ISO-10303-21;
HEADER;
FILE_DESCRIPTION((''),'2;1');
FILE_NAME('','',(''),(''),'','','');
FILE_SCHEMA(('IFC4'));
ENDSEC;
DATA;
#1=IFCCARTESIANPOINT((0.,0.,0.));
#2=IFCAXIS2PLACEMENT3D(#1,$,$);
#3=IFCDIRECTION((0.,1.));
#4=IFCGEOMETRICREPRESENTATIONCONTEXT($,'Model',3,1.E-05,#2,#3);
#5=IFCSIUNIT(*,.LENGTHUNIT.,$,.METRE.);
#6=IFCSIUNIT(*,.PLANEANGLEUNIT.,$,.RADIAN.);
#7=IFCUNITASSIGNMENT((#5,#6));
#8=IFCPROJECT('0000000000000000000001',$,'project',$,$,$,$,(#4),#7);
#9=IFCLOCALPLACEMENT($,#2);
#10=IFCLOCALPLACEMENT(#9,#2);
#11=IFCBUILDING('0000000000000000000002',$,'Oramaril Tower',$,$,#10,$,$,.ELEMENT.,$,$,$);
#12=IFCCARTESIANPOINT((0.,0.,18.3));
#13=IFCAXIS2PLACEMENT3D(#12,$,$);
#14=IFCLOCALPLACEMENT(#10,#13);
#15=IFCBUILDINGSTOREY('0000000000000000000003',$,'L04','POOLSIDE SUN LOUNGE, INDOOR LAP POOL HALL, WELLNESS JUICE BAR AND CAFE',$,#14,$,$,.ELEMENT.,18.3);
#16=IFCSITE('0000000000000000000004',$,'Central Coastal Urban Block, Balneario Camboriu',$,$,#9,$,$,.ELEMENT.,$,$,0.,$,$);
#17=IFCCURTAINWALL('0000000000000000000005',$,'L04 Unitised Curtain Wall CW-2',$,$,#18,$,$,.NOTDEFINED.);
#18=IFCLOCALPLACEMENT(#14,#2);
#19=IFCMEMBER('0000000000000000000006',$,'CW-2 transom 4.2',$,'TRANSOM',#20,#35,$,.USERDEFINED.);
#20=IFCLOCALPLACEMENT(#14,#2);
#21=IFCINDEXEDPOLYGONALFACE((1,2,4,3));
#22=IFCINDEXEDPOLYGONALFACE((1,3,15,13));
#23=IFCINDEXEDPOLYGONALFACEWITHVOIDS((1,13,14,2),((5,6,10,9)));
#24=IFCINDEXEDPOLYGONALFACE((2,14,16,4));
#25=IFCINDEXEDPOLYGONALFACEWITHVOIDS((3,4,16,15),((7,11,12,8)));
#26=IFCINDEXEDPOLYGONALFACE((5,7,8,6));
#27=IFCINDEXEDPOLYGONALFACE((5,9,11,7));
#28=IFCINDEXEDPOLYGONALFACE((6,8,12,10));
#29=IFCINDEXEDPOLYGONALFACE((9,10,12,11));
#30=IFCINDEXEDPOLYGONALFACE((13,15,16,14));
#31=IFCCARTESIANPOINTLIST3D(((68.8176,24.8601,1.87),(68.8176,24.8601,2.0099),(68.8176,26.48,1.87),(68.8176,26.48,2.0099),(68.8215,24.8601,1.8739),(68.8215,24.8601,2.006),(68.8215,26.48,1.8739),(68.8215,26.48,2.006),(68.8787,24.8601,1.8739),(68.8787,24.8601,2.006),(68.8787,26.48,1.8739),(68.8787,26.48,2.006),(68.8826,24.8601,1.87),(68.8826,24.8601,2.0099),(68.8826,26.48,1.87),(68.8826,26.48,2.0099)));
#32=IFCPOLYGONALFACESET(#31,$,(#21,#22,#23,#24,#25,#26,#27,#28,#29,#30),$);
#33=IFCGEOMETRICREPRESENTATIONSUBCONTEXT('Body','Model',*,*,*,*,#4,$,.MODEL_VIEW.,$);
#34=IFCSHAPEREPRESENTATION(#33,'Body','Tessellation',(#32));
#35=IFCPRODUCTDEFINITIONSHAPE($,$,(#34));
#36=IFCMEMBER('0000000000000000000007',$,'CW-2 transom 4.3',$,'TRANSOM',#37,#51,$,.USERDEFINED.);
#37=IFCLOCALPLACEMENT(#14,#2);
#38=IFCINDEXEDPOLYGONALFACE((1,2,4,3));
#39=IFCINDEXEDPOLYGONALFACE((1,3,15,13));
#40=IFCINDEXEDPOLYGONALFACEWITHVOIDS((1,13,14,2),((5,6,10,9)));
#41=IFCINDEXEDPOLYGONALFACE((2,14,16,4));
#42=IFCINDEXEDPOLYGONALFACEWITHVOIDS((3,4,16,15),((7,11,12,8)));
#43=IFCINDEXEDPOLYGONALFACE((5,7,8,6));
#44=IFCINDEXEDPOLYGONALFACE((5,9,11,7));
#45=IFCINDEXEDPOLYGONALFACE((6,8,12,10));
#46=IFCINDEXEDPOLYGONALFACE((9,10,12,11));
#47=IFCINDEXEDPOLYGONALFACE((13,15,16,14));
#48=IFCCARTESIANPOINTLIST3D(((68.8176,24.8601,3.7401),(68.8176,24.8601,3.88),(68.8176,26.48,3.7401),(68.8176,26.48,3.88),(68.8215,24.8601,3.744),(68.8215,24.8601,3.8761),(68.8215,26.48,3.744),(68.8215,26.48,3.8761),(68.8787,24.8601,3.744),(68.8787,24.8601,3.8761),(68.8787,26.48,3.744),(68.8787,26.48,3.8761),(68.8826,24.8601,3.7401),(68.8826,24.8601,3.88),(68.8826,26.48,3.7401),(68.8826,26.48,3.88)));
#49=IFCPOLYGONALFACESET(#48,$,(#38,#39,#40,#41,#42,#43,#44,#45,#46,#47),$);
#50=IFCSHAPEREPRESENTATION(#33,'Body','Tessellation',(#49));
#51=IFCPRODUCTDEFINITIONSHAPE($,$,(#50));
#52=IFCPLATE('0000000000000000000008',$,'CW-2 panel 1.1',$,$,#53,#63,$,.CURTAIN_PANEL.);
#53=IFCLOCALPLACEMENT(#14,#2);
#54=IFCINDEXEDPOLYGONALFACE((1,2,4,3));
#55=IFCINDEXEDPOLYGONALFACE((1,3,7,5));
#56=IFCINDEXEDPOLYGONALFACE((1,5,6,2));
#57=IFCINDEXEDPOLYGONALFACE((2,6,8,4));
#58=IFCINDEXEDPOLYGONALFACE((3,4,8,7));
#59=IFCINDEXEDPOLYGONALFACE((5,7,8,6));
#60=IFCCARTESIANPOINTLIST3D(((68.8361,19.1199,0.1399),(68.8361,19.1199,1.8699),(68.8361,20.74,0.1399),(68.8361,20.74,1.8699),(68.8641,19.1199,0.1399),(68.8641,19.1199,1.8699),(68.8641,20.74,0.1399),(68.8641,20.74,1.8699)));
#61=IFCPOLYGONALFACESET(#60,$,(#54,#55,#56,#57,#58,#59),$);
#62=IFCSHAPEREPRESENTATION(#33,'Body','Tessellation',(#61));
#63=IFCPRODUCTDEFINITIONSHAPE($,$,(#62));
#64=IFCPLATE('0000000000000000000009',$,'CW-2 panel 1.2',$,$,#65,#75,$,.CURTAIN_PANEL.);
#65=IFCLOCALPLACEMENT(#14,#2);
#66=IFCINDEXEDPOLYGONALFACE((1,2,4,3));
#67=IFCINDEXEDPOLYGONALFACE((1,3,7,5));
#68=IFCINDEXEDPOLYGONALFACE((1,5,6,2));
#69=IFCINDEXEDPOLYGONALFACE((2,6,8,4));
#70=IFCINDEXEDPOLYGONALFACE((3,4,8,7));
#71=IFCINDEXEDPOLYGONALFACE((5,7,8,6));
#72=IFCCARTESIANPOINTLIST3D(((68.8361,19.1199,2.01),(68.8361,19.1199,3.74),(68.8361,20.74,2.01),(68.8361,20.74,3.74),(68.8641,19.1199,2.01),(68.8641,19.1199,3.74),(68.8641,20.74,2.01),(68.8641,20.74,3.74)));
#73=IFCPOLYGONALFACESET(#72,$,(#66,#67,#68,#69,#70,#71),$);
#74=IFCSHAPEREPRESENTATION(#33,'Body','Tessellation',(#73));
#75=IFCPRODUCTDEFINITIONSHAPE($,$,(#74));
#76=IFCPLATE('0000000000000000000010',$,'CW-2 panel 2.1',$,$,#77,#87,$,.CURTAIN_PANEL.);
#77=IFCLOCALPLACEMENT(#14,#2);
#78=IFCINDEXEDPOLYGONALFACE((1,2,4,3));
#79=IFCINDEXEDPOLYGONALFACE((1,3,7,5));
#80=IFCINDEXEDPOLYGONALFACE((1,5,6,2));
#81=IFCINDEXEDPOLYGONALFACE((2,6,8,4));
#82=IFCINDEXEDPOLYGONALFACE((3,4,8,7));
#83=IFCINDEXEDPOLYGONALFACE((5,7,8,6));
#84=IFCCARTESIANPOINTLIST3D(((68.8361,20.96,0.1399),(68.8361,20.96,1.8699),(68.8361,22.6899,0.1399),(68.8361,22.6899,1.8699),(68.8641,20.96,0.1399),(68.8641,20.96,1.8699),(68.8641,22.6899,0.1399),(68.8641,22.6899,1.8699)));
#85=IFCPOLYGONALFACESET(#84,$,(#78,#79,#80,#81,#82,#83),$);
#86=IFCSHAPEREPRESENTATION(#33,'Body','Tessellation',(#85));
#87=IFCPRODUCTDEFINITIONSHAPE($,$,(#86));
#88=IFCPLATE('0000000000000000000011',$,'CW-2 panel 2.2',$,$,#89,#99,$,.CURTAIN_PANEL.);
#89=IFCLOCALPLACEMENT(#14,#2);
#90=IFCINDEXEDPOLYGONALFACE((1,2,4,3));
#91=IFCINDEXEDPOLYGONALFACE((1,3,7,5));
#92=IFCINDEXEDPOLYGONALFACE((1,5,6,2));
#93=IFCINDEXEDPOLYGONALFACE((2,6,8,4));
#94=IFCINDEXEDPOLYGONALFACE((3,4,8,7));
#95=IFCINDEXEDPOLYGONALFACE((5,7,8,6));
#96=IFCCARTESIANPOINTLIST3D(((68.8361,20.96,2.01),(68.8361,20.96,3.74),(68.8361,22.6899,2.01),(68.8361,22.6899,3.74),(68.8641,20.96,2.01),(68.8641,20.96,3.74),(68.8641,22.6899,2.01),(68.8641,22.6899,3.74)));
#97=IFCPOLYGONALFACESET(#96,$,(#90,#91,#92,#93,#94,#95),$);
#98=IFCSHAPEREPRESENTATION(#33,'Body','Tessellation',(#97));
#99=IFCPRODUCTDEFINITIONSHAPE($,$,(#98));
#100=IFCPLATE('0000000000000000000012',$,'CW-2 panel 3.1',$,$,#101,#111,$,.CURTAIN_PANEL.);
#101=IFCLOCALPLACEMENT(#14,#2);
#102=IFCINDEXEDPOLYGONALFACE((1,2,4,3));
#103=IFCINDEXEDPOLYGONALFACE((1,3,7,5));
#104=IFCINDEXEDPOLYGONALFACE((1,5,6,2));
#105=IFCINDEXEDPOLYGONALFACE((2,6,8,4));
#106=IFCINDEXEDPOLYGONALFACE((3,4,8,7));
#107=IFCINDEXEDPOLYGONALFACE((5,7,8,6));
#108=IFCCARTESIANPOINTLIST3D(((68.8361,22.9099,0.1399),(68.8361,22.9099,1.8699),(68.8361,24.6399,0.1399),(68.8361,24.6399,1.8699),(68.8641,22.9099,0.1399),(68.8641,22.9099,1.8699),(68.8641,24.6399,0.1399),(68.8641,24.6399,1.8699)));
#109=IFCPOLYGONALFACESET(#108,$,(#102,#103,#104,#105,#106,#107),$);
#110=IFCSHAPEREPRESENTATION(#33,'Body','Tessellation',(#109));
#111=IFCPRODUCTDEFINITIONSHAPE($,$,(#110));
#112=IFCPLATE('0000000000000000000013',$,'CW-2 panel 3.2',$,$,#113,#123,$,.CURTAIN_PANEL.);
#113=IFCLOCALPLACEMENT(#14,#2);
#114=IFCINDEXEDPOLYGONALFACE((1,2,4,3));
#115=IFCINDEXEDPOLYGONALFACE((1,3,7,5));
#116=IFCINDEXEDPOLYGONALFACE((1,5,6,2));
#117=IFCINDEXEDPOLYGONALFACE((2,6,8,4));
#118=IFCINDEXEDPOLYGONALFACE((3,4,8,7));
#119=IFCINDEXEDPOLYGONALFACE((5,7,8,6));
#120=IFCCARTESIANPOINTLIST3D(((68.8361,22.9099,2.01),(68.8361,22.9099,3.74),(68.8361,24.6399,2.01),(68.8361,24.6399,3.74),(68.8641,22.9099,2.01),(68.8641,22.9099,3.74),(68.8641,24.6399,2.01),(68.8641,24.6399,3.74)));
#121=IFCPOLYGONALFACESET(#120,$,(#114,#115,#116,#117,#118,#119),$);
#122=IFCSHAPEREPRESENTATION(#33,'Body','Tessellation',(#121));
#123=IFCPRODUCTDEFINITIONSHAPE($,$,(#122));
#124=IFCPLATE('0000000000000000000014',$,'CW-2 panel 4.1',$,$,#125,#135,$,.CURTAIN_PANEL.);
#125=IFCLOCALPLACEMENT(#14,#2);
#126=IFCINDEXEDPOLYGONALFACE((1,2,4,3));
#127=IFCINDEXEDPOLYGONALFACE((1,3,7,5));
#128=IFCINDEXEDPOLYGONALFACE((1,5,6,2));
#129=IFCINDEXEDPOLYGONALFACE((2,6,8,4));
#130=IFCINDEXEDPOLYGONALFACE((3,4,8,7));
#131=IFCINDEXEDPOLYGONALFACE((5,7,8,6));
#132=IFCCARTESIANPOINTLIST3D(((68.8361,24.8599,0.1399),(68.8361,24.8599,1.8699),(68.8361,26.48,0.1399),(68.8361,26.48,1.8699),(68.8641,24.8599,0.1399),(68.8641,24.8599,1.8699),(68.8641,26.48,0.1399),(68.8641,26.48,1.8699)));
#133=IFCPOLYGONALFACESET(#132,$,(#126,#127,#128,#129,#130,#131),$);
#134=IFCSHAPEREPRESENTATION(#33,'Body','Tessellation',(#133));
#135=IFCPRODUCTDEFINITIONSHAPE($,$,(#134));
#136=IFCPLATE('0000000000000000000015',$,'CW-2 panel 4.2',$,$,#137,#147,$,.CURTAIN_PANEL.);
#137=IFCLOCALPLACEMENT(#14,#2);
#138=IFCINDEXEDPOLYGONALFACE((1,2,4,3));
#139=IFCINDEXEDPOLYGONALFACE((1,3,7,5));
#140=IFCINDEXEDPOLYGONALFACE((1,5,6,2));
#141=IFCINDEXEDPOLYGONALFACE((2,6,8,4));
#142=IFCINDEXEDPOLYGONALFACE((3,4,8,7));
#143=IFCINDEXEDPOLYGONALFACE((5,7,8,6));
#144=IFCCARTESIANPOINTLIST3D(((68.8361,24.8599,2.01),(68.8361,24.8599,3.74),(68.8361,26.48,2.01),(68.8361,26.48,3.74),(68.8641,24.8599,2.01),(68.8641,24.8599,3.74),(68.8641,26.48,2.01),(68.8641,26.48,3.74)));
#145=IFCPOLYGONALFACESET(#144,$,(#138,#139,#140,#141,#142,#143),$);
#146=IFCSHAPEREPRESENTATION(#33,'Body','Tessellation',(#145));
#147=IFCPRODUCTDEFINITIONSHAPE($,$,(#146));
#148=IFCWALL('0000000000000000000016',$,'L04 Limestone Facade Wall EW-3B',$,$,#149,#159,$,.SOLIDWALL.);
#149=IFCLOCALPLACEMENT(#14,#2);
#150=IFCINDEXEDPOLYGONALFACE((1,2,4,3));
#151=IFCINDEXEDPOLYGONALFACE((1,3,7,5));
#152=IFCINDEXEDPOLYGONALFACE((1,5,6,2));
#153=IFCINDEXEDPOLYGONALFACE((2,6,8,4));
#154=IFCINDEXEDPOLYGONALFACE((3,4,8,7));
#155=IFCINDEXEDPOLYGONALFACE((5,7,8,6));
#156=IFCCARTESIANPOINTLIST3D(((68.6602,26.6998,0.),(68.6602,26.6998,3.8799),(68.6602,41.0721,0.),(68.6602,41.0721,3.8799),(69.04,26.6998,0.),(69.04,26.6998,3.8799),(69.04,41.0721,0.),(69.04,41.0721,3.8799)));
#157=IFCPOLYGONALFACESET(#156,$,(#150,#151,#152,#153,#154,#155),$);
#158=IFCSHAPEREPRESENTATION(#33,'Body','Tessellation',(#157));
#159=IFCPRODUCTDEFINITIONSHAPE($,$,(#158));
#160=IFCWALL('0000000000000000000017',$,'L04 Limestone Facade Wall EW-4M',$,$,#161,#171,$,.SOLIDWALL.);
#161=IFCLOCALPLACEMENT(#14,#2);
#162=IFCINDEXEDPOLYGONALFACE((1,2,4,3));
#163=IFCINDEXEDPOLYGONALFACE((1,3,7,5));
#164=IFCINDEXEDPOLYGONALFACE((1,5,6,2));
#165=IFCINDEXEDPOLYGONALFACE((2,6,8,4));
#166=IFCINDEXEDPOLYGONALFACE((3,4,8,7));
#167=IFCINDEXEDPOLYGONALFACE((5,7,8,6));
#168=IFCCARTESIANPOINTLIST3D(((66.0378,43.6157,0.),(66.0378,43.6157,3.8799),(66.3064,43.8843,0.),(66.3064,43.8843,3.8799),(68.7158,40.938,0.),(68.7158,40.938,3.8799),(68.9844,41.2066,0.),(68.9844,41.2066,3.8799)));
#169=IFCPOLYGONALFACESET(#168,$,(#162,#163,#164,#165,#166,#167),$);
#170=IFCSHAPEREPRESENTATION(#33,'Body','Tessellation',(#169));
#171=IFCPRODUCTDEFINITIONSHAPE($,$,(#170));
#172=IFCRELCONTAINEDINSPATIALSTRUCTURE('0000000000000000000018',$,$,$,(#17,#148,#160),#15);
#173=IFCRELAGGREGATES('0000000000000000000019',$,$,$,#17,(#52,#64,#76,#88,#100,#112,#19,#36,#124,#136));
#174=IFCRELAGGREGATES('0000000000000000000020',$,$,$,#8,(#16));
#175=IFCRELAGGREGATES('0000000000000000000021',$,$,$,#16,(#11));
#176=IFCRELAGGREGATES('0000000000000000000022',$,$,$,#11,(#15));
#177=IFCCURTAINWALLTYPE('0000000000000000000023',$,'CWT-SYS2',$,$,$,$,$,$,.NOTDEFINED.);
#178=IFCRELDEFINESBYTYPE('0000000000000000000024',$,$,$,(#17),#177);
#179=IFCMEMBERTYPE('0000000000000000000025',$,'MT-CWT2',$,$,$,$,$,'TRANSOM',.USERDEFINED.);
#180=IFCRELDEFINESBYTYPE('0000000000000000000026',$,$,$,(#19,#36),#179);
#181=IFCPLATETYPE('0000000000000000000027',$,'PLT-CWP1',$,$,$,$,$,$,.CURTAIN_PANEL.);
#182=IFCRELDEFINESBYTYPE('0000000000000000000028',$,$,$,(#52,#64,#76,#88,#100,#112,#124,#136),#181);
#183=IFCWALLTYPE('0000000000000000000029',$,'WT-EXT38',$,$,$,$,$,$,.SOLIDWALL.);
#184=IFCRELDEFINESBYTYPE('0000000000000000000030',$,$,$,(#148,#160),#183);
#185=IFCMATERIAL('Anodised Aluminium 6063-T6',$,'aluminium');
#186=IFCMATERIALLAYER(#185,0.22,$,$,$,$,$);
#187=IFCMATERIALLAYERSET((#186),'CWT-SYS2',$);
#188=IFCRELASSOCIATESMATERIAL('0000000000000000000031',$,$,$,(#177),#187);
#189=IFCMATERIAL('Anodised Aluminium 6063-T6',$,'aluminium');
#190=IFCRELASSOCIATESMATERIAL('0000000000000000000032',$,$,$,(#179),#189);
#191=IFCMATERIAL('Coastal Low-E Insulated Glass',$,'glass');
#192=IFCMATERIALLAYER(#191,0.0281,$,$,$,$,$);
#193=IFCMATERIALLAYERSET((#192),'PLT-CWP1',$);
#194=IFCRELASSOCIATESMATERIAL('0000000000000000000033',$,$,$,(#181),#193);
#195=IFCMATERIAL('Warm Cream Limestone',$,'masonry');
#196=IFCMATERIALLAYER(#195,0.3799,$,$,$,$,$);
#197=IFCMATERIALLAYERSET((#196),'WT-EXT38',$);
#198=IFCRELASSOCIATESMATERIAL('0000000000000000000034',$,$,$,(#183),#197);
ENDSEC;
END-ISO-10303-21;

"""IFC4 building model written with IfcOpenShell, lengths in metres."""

from ifc_helpers import new_model, si_unit, direction, frame, frame_2d, origin, origin_2d, place, context, subcontext, project, spatial, rectangle, hollow_rectangle, extrude, material, layer, layer_set, material_profile, profile_set, type_object, element, aggregate, save


model = new_model("IFC4")

# Units and contexts
model_context = context("Model", 3, precision=1e-05, world=origin(), true_north=direction((0.0, 1.0)))
body_context = subcontext(model_context, "Body", "Model", "MODEL_VIEW")
ifc_project = project(units=[si_unit("LENGTHUNIT", "METRE"), si_unit("PLANEANGLEUNIT", "RADIAN")], contexts=[model_context])

# Site, building, storey
site_placement = place(None, origin())
site = spatial("IfcSite", under=ifc_project, at=site_placement, Name="Central Coastal Urban Block, Balneario Camboriu", CompositionType="ELEMENT", RefElevation=0.0)
building_placement = place(site_placement, origin())
building = spatial("IfcBuilding", under=site, at=building_placement, Name="Oramaril Tower", CompositionType="ELEMENT")
storey_placement = place(building_placement, frame((0.0, 0.0, 18.3)))
storey = spatial("IfcBuildingStorey", under=building, at=storey_placement, Name="L04", Description="POOLSIDE SUN LOUNGE, INDOOR LAP POOL HALL, WELLNESS JUICE BAR AND CAFE", CompositionType="ELEMENT", Elevation=18.3)

# Curtain wall, members, plates
ifc_material_1 = material(Name="Anodised Aluminium 6063-T6", Category="aluminium")
ifc_layer_1 = layer(ifc_material_1, 0.22)
ifc_layer_set_1 = layer_set([ifc_layer_1], Name="CWT-SYS2")
curtain_wall_type = type_object("IfcCurtainWallType", Name="CWT-SYS2", PredefinedType="NOTDEFINED", material=ifc_layer_set_1)
curtain_wall_placement = place(storey_placement, origin())
curtain_wall = element("IfcCurtainWall", 1, at=curtain_wall_placement, inside=storey, type_object=curtain_wall_type, Name="L04 Unitised Curtain Wall CW-2", PredefinedType="NOTDEFINED")
ifc_material_2 = material(Name="Anodised Aluminium 6063-T6", Category="aluminium")
ifc_material_profile_1 = material_profile(ifc_material_2, hollow_rectangle(XDim=0.0649, YDim=0.1399, WallThickness=0.0039, at=origin_2d()), Name="CWT140X65")
ifc_profile_set_1 = profile_set([ifc_material_profile_1], Name="Anodised Aluminium 6063-T6")
member_type_1 = type_object("IfcMemberType", Name="MT-CWT2", ElementType="TRANSOM", PredefinedType="USERDEFINED", material=ifc_profile_set_1)
member_1_placement = place(storey_placement, frame((68.8501, 24.8601, 1.9399), z_axis=(0.0, 1.0, 0.0), x_axis=(-1.0, 0.0, 0.0)))
member_1 = element("IfcMember", 2, at=member_1_placement, type_object=member_type_1, Name="CW-2 transom 4.2", ObjectType="TRANSOM", PredefinedType="USERDEFINED", context=body_context, shape_type="SweptSolid", body=[
    extrude(hollow_rectangle(XDim=0.0649, YDim=0.1399, WallThickness=0.0039, at=origin_2d()), origin(), (0.0, 0.0, 1.0), 1.6199),
])
member_2_placement = place(storey_placement, frame((68.8501, 24.8601, 3.8101), z_axis=(0.0, 1.0, 0.0), x_axis=(-1.0, 0.0, 0.0)))
member_2 = element("IfcMember", 3, at=member_2_placement, type_object=member_type_1, Name="CW-2 transom 4.3", ObjectType="TRANSOM", PredefinedType="USERDEFINED", context=body_context, shape_type="SweptSolid", body=[
    extrude(hollow_rectangle(XDim=0.0649, YDim=0.1399, WallThickness=0.0039, at=origin_2d()), origin(), (0.0, 0.0, 1.0), 1.6199),
])
ifc_material_3 = material(Name="Coastal Low-E Insulated Glass", Category="glass")
ifc_layer_2 = layer(ifc_material_3, 0.0281)
ifc_layer_set_2 = layer_set([ifc_layer_2], Name="PLT-CWP1")
plate_type = type_object("IfcPlateType", Name="PLT-CWP1", PredefinedType="CURTAIN_PANEL", material=ifc_layer_set_2)
plate_1_placement = place(storey_placement, frame((68.8501, 19.9299, 0.1399), z_axis=(0.0, 0.0, 1.0), x_axis=(0.0, 1.0, 0.0)))
plate_1 = element("IfcPlate", 4, at=plate_1_placement, type_object=plate_type, Name="CW-2 panel 1.1", PredefinedType="CURTAIN_PANEL", context=body_context, shape_type="SweptSolid", body=[
    extrude(rectangle(XDim=1.6201, YDim=0.0281, at=origin_2d()), origin(), (0.0, 0.0, 1.0), 1.73),
])
plate_2_placement = place(storey_placement, frame((68.8501, 19.9299, 2.01), z_axis=(0.0, 0.0, 1.0), x_axis=(0.0, 1.0, 0.0)))
plate_2 = element("IfcPlate", 5, at=plate_2_placement, type_object=plate_type, Name="CW-2 panel 1.2", PredefinedType="CURTAIN_PANEL", context=body_context, shape_type="SweptSolid", body=[
    extrude(rectangle(XDim=1.6201, YDim=0.0281, at=origin_2d()), origin(), (0.0, 0.0, 1.0), 1.73),
])
plate_3_placement = place(storey_placement, frame((68.8501, 21.825, 0.1399), z_axis=(0.0, 0.0, 1.0), x_axis=(0.0, 1.0, 0.0)))
plate_3 = element("IfcPlate", 6, at=plate_3_placement, type_object=plate_type, Name="CW-2 panel 2.1", PredefinedType="CURTAIN_PANEL", context=body_context, shape_type="SweptSolid", body=[
    extrude(rectangle(XDim=1.73, YDim=0.0281, at=origin_2d()), origin(), (0.0, 0.0, 1.0), 1.73),
])
plate_4_placement = place(storey_placement, frame((68.8501, 21.825, 2.01), z_axis=(0.0, 0.0, 1.0), x_axis=(0.0, 1.0, 0.0)))
plate_4 = element("IfcPlate", 7, at=plate_4_placement, type_object=plate_type, Name="CW-2 panel 2.2", PredefinedType="CURTAIN_PANEL", context=body_context, shape_type="SweptSolid", body=[
    extrude(rectangle(XDim=1.73, YDim=0.0281, at=origin_2d()), origin(), (0.0, 0.0, 1.0), 1.73),
])
plate_5_placement = place(storey_placement, frame((68.8501, 23.7749, 0.1399), z_axis=(0.0, 0.0, 1.0), x_axis=(0.0, 1.0, 0.0)))
plate_5 = element("IfcPlate", 8, at=plate_5_placement, type_object=plate_type, Name="CW-2 panel 3.1", PredefinedType="CURTAIN_PANEL", context=body_context, shape_type="SweptSolid", body=[
    extrude(rectangle(XDim=1.73, YDim=0.0281, at=origin_2d()), origin(), (0.0, 0.0, 1.0), 1.73),
])
plate_6_placement = place(storey_placement, frame((68.8501, 23.7749, 2.01), z_axis=(0.0, 0.0, 1.0), x_axis=(0.0, 1.0, 0.0)))
plate_6 = element("IfcPlate", 9, at=plate_6_placement, type_object=plate_type, Name="CW-2 panel 3.2", PredefinedType="CURTAIN_PANEL", context=body_context, shape_type="SweptSolid", body=[
    extrude(rectangle(XDim=1.73, YDim=0.0281, at=origin_2d()), origin(), (0.0, 0.0, 1.0), 1.73),
])
plate_7_placement = place(storey_placement, frame((68.8501, 25.6699, 0.1399), z_axis=(0.0, 0.0, 1.0), x_axis=(0.0, 1.0, 0.0)))
plate_7 = element("IfcPlate", 10, at=plate_7_placement, type_object=plate_type, Name="CW-2 panel 4.1", PredefinedType="CURTAIN_PANEL", context=body_context, shape_type="SweptSolid", body=[
    extrude(rectangle(XDim=1.6201, YDim=0.0281, at=origin_2d()), origin(), (0.0, 0.0, 1.0), 1.73),
])
plate_8_placement = place(storey_placement, frame((68.8501, 25.6699, 2.01), z_axis=(0.0, 0.0, 1.0), x_axis=(0.0, 1.0, 0.0)))
plate_8 = element("IfcPlate", 11, at=plate_8_placement, type_object=plate_type, Name="CW-2 panel 4.2", PredefinedType="CURTAIN_PANEL", context=body_context, shape_type="SweptSolid", body=[
    extrude(rectangle(XDim=1.6201, YDim=0.0281, at=origin_2d()), origin(), (0.0, 0.0, 1.0), 1.73),
])
aggregate(curtain_wall, [plate_1, plate_2, plate_3, plate_4, plate_5, plate_6, member_1, member_2, plate_7, plate_8])

# Walls
ifc_material_4 = material(Name="Warm Cream Limestone", Category="masonry")
ifc_layer_3 = layer(ifc_material_4, 0.3799)
ifc_layer_set_3 = layer_set([ifc_layer_3], Name="WT-EXT38")
wall_type = type_object("IfcWallType", Name="WT-EXT38", PredefinedType="SOLIDWALL", material=ifc_layer_set_3)
wall_1_placement = place(storey_placement, frame((68.8501, 26.7, 0.0), z_axis=(0.0, 0.0, 1.0), x_axis=(0.0, 1.0, 0.0)))
element("IfcWall", 12, at=wall_1_placement, inside=storey, type_object=wall_type, Name="L04 Limestone Facade Wall EW-3B", PredefinedType="SOLIDWALL", context=body_context, shape_type="SweptSolid", body=[
    extrude(rectangle(XDim=14.3723, YDim=0.3799, at=frame_2d((7.186, 0.0))), origin(), (0.0, 0.0, 1.0), 3.8799),
])
wall_2_placement = place(storey_placement, frame((68.8501, 41.0723, 0.0), z_axis=(0.0, 0.0, 1.0), x_axis=(-0.707139, 0.707075, 0.0)))
element("IfcWall", 13, at=wall_2_placement, inside=storey, type_object=wall_type, Name="L04 Limestone Facade Wall EW-4M", PredefinedType="SOLIDWALL", context=body_context, shape_type="SweptSolid", body=[
    extrude(rectangle(XDim=3.7871, YDim=0.3799, at=frame_2d((1.8936, 0.0))), origin(), (0.0, 0.0, 1.0), 3.8799),
])

save(model, "model.ifc")
